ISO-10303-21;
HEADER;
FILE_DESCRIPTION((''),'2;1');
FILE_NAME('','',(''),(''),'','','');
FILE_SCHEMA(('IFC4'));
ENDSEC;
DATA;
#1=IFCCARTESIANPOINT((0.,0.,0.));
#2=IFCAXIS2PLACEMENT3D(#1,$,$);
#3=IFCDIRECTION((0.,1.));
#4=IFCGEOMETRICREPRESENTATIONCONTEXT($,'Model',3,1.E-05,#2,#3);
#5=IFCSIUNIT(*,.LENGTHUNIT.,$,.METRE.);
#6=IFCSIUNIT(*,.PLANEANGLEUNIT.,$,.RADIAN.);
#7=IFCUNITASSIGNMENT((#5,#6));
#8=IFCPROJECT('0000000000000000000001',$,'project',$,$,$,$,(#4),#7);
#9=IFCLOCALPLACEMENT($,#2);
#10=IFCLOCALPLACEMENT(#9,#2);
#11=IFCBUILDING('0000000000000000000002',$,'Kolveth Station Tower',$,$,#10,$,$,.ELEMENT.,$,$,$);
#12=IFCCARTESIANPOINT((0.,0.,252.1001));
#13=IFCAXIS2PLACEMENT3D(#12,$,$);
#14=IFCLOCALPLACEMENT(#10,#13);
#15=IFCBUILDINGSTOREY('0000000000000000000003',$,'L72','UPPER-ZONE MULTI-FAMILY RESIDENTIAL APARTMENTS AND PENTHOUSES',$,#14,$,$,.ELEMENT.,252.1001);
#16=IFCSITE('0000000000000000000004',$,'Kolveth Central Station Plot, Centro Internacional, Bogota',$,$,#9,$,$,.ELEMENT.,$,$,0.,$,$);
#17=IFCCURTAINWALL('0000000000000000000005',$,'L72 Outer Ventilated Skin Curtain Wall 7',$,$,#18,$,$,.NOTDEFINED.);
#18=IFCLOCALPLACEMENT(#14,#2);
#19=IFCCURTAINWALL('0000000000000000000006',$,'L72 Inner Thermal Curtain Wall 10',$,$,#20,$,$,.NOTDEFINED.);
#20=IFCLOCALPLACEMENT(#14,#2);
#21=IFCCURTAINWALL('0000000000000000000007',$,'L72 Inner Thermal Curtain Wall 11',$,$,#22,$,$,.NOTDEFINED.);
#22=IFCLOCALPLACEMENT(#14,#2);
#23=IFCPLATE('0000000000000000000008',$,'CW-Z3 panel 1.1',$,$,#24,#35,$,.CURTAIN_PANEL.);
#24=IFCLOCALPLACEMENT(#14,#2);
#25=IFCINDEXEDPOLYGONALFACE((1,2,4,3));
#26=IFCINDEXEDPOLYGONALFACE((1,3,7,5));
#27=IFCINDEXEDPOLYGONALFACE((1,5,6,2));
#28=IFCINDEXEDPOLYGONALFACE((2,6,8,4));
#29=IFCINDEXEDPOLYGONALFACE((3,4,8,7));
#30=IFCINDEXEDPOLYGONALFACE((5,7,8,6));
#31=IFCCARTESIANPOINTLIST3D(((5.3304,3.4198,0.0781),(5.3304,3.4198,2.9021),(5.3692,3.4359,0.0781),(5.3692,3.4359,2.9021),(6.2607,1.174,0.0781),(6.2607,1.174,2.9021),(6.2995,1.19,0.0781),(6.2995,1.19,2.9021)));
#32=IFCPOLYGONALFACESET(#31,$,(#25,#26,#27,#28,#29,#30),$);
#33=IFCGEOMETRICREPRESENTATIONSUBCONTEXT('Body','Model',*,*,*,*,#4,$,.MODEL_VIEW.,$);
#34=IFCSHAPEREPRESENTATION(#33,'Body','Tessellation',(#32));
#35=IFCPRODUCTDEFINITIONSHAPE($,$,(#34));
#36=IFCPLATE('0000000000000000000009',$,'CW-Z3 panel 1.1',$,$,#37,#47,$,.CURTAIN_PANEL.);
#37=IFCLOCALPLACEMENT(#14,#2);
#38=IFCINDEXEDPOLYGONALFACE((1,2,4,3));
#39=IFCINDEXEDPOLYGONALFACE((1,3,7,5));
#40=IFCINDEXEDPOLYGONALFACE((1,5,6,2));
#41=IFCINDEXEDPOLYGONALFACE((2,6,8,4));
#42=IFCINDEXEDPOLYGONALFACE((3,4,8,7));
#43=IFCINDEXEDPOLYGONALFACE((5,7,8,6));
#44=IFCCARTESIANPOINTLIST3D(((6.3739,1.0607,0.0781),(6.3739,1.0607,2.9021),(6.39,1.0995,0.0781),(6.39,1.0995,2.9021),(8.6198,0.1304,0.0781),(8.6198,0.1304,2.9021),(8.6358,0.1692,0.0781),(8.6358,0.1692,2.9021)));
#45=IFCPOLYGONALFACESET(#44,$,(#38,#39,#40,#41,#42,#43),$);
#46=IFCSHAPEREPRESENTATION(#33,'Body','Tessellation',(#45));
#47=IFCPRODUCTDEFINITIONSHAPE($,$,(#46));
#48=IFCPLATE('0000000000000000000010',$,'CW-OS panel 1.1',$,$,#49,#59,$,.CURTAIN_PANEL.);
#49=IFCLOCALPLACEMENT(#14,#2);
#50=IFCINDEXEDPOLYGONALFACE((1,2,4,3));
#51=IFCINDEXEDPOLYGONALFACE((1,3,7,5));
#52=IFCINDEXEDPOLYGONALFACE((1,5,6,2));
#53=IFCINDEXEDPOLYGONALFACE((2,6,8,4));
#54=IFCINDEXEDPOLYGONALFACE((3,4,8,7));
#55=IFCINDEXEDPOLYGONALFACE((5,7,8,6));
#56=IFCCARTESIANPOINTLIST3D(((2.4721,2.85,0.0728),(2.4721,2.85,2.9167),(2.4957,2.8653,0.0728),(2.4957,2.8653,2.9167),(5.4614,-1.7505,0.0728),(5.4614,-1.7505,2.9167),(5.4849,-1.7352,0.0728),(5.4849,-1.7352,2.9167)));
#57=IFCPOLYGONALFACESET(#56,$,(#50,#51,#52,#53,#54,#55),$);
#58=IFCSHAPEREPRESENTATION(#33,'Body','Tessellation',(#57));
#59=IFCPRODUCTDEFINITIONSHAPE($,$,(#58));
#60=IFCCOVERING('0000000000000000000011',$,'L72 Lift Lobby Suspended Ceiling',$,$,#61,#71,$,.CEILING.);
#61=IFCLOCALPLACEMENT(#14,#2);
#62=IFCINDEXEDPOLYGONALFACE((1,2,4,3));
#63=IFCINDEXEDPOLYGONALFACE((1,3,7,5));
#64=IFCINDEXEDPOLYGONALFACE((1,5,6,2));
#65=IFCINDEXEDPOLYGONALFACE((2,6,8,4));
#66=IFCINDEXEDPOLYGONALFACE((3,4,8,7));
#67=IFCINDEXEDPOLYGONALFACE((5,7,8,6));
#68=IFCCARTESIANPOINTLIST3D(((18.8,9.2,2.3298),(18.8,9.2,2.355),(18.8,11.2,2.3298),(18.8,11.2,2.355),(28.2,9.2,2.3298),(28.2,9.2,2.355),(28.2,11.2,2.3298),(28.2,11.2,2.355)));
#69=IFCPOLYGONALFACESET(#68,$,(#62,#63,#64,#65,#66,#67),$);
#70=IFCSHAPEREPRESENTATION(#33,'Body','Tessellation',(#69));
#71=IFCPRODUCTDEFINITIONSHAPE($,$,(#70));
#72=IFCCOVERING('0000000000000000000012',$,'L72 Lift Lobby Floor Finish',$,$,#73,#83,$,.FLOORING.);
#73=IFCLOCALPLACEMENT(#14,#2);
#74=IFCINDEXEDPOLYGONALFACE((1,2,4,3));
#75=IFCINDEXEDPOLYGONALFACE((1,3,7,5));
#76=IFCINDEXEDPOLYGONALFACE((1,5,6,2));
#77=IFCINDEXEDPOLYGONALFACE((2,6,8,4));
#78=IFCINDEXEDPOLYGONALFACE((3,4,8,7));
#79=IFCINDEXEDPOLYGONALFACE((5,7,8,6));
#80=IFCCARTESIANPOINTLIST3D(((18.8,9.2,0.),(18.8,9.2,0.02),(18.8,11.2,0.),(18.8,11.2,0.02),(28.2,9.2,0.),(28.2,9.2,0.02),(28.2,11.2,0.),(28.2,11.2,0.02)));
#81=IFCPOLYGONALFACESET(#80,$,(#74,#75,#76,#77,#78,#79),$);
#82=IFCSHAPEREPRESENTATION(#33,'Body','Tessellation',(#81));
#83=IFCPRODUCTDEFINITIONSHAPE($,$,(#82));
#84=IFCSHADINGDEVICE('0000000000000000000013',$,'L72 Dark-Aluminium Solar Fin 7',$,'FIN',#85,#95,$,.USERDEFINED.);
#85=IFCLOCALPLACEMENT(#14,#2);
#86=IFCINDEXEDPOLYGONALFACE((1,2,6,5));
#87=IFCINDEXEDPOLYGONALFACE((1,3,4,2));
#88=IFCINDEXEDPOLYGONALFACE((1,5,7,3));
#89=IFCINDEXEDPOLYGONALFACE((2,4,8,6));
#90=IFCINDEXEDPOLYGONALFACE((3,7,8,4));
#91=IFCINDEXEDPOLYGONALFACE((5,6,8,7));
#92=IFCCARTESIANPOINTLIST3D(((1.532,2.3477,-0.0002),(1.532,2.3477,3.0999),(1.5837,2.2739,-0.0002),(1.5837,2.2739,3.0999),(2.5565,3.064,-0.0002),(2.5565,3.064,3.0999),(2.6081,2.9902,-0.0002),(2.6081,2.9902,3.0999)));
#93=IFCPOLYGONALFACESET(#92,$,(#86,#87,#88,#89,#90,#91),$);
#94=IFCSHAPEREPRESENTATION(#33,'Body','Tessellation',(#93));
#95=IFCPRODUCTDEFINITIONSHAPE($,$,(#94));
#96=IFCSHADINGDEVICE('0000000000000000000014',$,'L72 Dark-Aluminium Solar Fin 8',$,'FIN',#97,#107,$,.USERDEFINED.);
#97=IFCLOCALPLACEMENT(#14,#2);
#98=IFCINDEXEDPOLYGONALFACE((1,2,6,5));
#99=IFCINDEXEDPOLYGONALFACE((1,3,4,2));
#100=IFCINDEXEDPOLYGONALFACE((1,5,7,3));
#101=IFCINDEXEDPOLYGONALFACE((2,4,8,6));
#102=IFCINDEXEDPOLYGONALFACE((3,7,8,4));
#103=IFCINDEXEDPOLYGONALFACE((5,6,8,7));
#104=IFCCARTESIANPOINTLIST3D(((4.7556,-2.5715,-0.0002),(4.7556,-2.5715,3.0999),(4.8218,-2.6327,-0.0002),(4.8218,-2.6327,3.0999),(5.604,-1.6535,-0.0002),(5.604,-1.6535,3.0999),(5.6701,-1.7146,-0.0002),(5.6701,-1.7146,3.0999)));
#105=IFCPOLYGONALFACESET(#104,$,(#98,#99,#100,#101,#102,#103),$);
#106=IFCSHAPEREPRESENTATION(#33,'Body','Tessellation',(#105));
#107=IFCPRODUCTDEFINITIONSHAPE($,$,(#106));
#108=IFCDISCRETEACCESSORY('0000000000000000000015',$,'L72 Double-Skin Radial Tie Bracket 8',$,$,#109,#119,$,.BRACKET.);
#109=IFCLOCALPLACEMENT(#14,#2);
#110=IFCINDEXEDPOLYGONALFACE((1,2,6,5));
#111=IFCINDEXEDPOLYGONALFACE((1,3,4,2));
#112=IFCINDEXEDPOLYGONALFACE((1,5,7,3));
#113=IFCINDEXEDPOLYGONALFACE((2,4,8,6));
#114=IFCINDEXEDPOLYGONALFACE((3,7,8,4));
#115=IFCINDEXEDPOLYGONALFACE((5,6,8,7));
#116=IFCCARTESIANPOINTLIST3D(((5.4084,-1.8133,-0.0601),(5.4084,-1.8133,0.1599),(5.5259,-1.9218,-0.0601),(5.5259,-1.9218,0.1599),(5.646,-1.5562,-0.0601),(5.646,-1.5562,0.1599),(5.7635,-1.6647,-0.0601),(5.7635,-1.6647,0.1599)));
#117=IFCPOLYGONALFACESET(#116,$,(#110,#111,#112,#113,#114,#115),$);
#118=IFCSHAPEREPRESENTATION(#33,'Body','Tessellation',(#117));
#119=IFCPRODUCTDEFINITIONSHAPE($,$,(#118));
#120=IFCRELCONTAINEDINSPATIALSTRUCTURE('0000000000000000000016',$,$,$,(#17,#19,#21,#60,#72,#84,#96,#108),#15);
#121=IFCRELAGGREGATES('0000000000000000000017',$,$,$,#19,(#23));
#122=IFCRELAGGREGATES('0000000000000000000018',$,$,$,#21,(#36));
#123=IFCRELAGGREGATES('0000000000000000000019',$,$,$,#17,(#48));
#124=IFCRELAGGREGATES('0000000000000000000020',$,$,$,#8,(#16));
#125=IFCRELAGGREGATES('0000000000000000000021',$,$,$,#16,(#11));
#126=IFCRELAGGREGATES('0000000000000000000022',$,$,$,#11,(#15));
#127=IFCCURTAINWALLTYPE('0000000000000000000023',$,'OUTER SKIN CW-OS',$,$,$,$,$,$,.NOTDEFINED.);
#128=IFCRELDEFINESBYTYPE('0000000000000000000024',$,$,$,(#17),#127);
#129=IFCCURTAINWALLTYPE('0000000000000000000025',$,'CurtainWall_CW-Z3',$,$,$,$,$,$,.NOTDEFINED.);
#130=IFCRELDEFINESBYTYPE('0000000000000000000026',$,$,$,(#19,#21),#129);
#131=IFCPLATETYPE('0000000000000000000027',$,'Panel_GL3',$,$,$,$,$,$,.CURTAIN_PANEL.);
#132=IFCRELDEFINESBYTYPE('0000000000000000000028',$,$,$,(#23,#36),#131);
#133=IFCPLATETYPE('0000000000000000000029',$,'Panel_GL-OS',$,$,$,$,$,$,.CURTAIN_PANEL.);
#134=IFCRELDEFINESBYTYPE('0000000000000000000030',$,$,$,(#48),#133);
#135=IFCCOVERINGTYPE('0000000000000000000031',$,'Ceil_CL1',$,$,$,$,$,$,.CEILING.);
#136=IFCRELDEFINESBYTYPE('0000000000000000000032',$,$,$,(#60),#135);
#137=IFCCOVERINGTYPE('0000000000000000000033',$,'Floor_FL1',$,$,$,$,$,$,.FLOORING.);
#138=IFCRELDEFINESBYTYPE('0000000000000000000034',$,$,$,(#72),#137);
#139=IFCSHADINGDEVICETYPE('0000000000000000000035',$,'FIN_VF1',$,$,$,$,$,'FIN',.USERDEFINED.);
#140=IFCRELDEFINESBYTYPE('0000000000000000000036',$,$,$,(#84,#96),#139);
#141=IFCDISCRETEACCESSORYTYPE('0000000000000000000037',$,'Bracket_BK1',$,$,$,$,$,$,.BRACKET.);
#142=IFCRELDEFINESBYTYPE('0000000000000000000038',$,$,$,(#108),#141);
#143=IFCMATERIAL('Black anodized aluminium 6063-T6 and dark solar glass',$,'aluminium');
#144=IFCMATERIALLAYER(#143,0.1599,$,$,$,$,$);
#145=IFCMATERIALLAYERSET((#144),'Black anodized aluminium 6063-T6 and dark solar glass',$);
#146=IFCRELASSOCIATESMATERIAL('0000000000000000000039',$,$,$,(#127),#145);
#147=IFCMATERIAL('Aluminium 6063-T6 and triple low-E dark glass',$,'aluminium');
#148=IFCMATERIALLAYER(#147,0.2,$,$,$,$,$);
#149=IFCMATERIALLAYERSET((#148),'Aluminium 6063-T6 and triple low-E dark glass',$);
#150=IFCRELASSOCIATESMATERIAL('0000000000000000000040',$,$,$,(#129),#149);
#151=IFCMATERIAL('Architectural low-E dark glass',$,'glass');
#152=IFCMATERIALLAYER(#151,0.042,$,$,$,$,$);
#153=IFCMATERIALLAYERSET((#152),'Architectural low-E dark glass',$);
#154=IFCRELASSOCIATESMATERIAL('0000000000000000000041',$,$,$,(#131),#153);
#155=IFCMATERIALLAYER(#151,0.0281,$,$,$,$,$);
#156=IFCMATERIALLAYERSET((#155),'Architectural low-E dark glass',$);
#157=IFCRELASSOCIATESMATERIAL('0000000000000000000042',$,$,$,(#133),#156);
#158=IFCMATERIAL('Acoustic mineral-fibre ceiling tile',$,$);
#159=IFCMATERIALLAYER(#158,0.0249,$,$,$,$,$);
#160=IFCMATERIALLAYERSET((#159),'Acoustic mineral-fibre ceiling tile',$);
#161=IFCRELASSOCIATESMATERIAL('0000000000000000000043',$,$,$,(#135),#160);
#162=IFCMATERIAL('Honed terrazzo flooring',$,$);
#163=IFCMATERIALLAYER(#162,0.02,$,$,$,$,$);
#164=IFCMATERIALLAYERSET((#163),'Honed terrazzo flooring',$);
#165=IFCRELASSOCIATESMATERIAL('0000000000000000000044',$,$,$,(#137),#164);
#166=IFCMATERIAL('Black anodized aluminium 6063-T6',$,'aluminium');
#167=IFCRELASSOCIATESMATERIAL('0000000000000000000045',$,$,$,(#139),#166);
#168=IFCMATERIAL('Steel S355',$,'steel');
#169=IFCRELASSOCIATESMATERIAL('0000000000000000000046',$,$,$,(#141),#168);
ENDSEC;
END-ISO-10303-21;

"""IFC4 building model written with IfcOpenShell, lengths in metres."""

from ifc_helpers import new_model, si_unit, direction, frame, origin, origin_2d, place, context, subcontext, project, spatial, polyline, rectangle, outline, extrude, source, transform, mapped, material, layer, layer_set, type_object, element, aggregate, save


model = new_model("IFC4")

# Units and contexts
model_context = context("Model", 3, precision=1e-05, world=origin(), true_north=direction((0.0, 1.0)))
body_context = subcontext(model_context, "Body", "Model", "MODEL_VIEW")
ifc_project = project(units=[si_unit("LENGTHUNIT", "METRE"), si_unit("PLANEANGLEUNIT", "RADIAN")], contexts=[model_context])

# Site, building, storey
site_placement = place(None, origin())
site = spatial("IfcSite", under=ifc_project, at=site_placement, Name="Kolveth Central Station Plot, Centro Internacional, Bogota", CompositionType="ELEMENT", RefElevation=0.0)
building_placement = place(site_placement, origin())
building = spatial("IfcBuilding", under=site, at=building_placement, Name="Kolveth Station Tower", CompositionType="ELEMENT")
storey_placement = place(building_placement, frame((0.0, 0.0, 252.1001)))
storey = spatial("IfcBuildingStorey", under=building, at=storey_placement, Name="L72", Description="UPPER-ZONE MULTI-FAMILY RESIDENTIAL APARTMENTS AND PENTHOUSES", CompositionType="ELEMENT", Elevation=252.1001)

# Curtain walls
ifc_material_1 = material(Name="Black anodized aluminium 6063-T6 and dark solar glass", Category="aluminium")
ifc_layer_1 = layer(ifc_material_1, 0.1599)
ifc_layer_set_1 = layer_set([ifc_layer_1], Name="Black anodized aluminium 6063-T6 and dark solar glass")
curtain_wall_type_1 = type_object("IfcCurtainWallType", Name="OUTER SKIN CW-OS", PredefinedType="NOTDEFINED", material=ifc_layer_set_1)
curtain_wall_1_placement = place(storey_placement, origin())
curtain_wall_1 = element("IfcCurtainWall", 1, at=curtain_wall_1_placement, inside=storey, type_object=curtain_wall_type_1, Name="L72 Outer Ventilated Skin Curtain Wall 7", PredefinedType="NOTDEFINED")
ifc_material_2 = material(Name="Black anodized aluminium 6063-T6", Category="aluminium")
ifc_material_3 = material(Name="Aluminium 6063-T6 and triple low-E dark glass", Category="aluminium")
ifc_layer_2 = layer(ifc_material_3, 0.2)
ifc_layer_set_2 = layer_set([ifc_layer_2], Name="Aluminium 6063-T6 and triple low-E dark glass")
curtain_wall_type_2 = type_object("IfcCurtainWallType", Name="CurtainWall_CW-Z3", PredefinedType="NOTDEFINED", material=ifc_layer_set_2)
curtain_wall_2_placement = place(storey_placement, origin())
curtain_wall_2 = element("IfcCurtainWall", 2, at=curtain_wall_2_placement, inside=storey, type_object=curtain_wall_type_2, Name="L72 Inner Thermal Curtain Wall 10", PredefinedType="NOTDEFINED")

# Curtain wall
curtain_wall_3_placement = place(storey_placement, origin())
curtain_wall_3 = element("IfcCurtainWall", 3, at=curtain_wall_3_placement, inside=storey, type_object=curtain_wall_type_2, Name="L72 Inner Thermal Curtain Wall 11", PredefinedType="NOTDEFINED")

# Plates
ifc_material_4 = material(Name="Architectural low-E dark glass", Category="glass")
ifc_layer_3 = layer(ifc_material_4, 0.042)
ifc_layer_set_3 = layer_set([ifc_layer_3], Name="Architectural low-E dark glass")
plate_type_1 = type_object("IfcPlateType", Name="Panel_GL3", PredefinedType="CURTAIN_PANEL", material=ifc_layer_set_3)
shared_shape_1 = source(origin(), body_context, "Body", "SweptSolid", [
    extrude(rectangle(XDim=2.4309, YDim=0.042, at=origin_2d()), origin(), (0.0, 0.0, 1.0), 2.824),
])
plate_1_placement = place(storey_placement, frame((5.8149, 2.3049, 0.0781), z_axis=(0.0, 0.0, 1.0), x_axis=(0.382693, -0.923875, 0.0)))
plate_1 = element("IfcPlate", 4, at=plate_1_placement, type_object=plate_type_1, Name="CW-Z3 panel 1.1", PredefinedType="CURTAIN_PANEL", context=body_context, shape_type="MappedRepresentation", body=[
    mapped(shared_shape_1, transform((0.0, 0.0, 0.0), x_axis=(1.0, 0.0, 0.0), y_axis=(0.0, 1.0, 0.0), z_axis=(0.0, 0.0, 1.0), scale=1.0)),
])
aggregate(curtain_wall_2, [plate_1])
plate_2_placement = place(storey_placement, frame((7.5049, 0.615, 0.0781), z_axis=(0.0, 0.0, 1.0), x_axis=(0.923875, -0.382693, 0.0)))
plate_2 = element("IfcPlate", 5, at=plate_2_placement, type_object=plate_type_1, Name="CW-Z3 panel 1.1", PredefinedType="CURTAIN_PANEL", context=body_context, shape_type="MappedRepresentation", body=[
    mapped(shared_shape_1, transform((0.0, 0.0, 0.0), x_axis=(1.0, 0.0, 0.0), y_axis=(0.0, 1.0, 0.0), z_axis=(0.0, 0.0, 1.0), scale=1.0)),
])
aggregate(curtain_wall_3, [plate_2])
ifc_layer_4 = layer(ifc_material_4, 0.0281)
ifc_layer_set_4 = layer_set([ifc_layer_4], Name="Architectural low-E dark glass")
plate_type_2 = type_object("IfcPlateType", Name="Panel_GL-OS", PredefinedType="CURTAIN_PANEL", material=ifc_layer_set_4)
shared_shape_2 = source(origin(), body_context, "Body", "SweptSolid", [
    extrude(rectangle(XDim=5.4863, YDim=0.0281, at=origin_2d()), origin(), (0.0, 0.0, 1.0), 2.844),
])
plate_3_placement = place(storey_placement, frame((3.9785, 0.5574, 0.0728), z_axis=(0.0, 0.0, 1.0), x_axis=(0.544851, -0.838533, 0.0)))
plate_3 = element("IfcPlate", 6, at=plate_3_placement, type_object=plate_type_2, Name="CW-OS panel 1.1", PredefinedType="CURTAIN_PANEL", context=body_context, shape_type="MappedRepresentation", body=[
    mapped(shared_shape_2, transform((0.0, 0.0, 0.0), x_axis=(1.0, 0.0, 0.0), y_axis=(0.0, 1.0, 0.0), z_axis=(0.0, 0.0, 1.0), scale=1.0)),
])
aggregate(curtain_wall_1, [plate_3])

# Coverings
ifc_material_5 = material(Name="Acoustic mineral-fibre ceiling tile")
ifc_layer_5 = layer(ifc_material_5, 0.0249)
ifc_layer_set_5 = layer_set([ifc_layer_5], Name="Acoustic mineral-fibre ceiling tile")
covering_type_1 = type_object("IfcCoveringType", Name="Ceil_CL1", PredefinedType="CEILING", material=ifc_layer_set_5)
covering_1_placement = place(storey_placement, frame((0.0, 0.0, 2.3298)))
element("IfcCovering", 7, at=covering_1_placement, inside=storey, type_object=covering_type_1, Name="L72 Lift Lobby Suspended Ceiling", PredefinedType="CEILING", context=body_context, shape_type="SweptSolid", body=[
    extrude(outline(polyline([(18.8, 9.2), (28.2, 9.2), (28.2, 11.2), (18.8, 11.2), (18.8, 9.2)])), origin(), (0.0, 0.0, 1.0), 0.0251),
])
ifc_material_6 = material(Name="Honed terrazzo flooring")
ifc_layer_6 = layer(ifc_material_6, 0.02)
ifc_layer_set_6 = layer_set([ifc_layer_6], Name="Honed terrazzo flooring")
covering_type_2 = type_object("IfcCoveringType", Name="Floor_FL1", PredefinedType="FLOORING", material=ifc_layer_set_6)
covering_2_placement = place(storey_placement, origin())
element("IfcCovering", 8, at=covering_2_placement, inside=storey, type_object=covering_type_2, Name="L72 Lift Lobby Floor Finish", PredefinedType="FLOORING", context=body_context, shape_type="SweptSolid", body=[
    extrude(outline(polyline([(18.8, 9.2), (28.2, 9.2), (28.2, 11.2), (18.8, 11.2), (18.8, 9.2)])), origin(), (0.0, 0.0, 1.0), 0.02),
])

# Shading devices
shading_device_type = type_object("IfcShadingDeviceType", Name="FIN_VF1", ElementType="FIN", PredefinedType="USERDEFINED", material=ifc_material_2)
shared_shape_3 = source(origin(), body_context, "Body", "SweptSolid", [
    extrude(rectangle(XDim=1.25, YDim=0.0901, at=origin_2d()), origin(), (0.0, 0.0, 1.0), 3.1001),
])
for number, where, z_axis, x_axis, name in (
    (9, (2.0701, 2.6689, -0.0002), (0.0, 0.0, 1.0), (-0.819552, -0.573004, 0.0), "L72 Dark-Aluminium Solar Fin 7"),
    (10, (5.2129, -2.1431, -0.0002), (0.0, 0.0, 1.0), (-0.678673, -0.734441, 0.0), "L72 Dark-Aluminium Solar Fin 8"),
):
    element("IfcShadingDevice", number, at=place(storey_placement, frame(where, z_axis=z_axis, x_axis=x_axis)), inside=storey, type_object=shading_device_type, Name=name, ObjectType="FIN", PredefinedType="USERDEFINED", context=body_context, shape_type="MappedRepresentation", body=[
        mapped(shared_shape_3, transform((0.0, 0.0, 0.0), x_axis=(1.0, 0.0, 0.0), y_axis=(0.0, 1.0, 0.0), z_axis=(0.0, 0.0, 1.0), scale=1.0)),
    ])

# Discrete accessory
ifc_material_7 = material(Name="Steel S355", Category="steel")
discrete_accessory_type = type_object("IfcDiscreteAccessoryType", Name="Bracket_BK1", PredefinedType="BRACKET", material=ifc_material_7)
shared_shape_4 = source(origin(), body_context, "Body", "SweptSolid", [
    extrude(rectangle(XDim=0.3501, YDim=0.1599, at=origin_2d()), origin(), (0.0, 0.0, 1.0), 0.22),
])
discrete_accessory_placement = place(storey_placement, frame((5.5859, -1.739, -0.0601), z_axis=(0.0, 0.0, 1.0), x_axis=(-0.678673, -0.734441, 0.0)))
element("IfcDiscreteAccessory", 11, at=discrete_accessory_placement, inside=storey, type_object=discrete_accessory_type, Name="L72 Double-Skin Radial Tie Bracket 8", PredefinedType="BRACKET", context=body_context, shape_type="MappedRepresentation", body=[
    mapped(shared_shape_4, transform((0.0, 0.0, 0.0), x_axis=(1.0, 0.0, 0.0), y_axis=(0.0, 1.0, 0.0), z_axis=(0.0, 0.0, 1.0), scale=1.0)),
])

save(model, "model.ifc")
